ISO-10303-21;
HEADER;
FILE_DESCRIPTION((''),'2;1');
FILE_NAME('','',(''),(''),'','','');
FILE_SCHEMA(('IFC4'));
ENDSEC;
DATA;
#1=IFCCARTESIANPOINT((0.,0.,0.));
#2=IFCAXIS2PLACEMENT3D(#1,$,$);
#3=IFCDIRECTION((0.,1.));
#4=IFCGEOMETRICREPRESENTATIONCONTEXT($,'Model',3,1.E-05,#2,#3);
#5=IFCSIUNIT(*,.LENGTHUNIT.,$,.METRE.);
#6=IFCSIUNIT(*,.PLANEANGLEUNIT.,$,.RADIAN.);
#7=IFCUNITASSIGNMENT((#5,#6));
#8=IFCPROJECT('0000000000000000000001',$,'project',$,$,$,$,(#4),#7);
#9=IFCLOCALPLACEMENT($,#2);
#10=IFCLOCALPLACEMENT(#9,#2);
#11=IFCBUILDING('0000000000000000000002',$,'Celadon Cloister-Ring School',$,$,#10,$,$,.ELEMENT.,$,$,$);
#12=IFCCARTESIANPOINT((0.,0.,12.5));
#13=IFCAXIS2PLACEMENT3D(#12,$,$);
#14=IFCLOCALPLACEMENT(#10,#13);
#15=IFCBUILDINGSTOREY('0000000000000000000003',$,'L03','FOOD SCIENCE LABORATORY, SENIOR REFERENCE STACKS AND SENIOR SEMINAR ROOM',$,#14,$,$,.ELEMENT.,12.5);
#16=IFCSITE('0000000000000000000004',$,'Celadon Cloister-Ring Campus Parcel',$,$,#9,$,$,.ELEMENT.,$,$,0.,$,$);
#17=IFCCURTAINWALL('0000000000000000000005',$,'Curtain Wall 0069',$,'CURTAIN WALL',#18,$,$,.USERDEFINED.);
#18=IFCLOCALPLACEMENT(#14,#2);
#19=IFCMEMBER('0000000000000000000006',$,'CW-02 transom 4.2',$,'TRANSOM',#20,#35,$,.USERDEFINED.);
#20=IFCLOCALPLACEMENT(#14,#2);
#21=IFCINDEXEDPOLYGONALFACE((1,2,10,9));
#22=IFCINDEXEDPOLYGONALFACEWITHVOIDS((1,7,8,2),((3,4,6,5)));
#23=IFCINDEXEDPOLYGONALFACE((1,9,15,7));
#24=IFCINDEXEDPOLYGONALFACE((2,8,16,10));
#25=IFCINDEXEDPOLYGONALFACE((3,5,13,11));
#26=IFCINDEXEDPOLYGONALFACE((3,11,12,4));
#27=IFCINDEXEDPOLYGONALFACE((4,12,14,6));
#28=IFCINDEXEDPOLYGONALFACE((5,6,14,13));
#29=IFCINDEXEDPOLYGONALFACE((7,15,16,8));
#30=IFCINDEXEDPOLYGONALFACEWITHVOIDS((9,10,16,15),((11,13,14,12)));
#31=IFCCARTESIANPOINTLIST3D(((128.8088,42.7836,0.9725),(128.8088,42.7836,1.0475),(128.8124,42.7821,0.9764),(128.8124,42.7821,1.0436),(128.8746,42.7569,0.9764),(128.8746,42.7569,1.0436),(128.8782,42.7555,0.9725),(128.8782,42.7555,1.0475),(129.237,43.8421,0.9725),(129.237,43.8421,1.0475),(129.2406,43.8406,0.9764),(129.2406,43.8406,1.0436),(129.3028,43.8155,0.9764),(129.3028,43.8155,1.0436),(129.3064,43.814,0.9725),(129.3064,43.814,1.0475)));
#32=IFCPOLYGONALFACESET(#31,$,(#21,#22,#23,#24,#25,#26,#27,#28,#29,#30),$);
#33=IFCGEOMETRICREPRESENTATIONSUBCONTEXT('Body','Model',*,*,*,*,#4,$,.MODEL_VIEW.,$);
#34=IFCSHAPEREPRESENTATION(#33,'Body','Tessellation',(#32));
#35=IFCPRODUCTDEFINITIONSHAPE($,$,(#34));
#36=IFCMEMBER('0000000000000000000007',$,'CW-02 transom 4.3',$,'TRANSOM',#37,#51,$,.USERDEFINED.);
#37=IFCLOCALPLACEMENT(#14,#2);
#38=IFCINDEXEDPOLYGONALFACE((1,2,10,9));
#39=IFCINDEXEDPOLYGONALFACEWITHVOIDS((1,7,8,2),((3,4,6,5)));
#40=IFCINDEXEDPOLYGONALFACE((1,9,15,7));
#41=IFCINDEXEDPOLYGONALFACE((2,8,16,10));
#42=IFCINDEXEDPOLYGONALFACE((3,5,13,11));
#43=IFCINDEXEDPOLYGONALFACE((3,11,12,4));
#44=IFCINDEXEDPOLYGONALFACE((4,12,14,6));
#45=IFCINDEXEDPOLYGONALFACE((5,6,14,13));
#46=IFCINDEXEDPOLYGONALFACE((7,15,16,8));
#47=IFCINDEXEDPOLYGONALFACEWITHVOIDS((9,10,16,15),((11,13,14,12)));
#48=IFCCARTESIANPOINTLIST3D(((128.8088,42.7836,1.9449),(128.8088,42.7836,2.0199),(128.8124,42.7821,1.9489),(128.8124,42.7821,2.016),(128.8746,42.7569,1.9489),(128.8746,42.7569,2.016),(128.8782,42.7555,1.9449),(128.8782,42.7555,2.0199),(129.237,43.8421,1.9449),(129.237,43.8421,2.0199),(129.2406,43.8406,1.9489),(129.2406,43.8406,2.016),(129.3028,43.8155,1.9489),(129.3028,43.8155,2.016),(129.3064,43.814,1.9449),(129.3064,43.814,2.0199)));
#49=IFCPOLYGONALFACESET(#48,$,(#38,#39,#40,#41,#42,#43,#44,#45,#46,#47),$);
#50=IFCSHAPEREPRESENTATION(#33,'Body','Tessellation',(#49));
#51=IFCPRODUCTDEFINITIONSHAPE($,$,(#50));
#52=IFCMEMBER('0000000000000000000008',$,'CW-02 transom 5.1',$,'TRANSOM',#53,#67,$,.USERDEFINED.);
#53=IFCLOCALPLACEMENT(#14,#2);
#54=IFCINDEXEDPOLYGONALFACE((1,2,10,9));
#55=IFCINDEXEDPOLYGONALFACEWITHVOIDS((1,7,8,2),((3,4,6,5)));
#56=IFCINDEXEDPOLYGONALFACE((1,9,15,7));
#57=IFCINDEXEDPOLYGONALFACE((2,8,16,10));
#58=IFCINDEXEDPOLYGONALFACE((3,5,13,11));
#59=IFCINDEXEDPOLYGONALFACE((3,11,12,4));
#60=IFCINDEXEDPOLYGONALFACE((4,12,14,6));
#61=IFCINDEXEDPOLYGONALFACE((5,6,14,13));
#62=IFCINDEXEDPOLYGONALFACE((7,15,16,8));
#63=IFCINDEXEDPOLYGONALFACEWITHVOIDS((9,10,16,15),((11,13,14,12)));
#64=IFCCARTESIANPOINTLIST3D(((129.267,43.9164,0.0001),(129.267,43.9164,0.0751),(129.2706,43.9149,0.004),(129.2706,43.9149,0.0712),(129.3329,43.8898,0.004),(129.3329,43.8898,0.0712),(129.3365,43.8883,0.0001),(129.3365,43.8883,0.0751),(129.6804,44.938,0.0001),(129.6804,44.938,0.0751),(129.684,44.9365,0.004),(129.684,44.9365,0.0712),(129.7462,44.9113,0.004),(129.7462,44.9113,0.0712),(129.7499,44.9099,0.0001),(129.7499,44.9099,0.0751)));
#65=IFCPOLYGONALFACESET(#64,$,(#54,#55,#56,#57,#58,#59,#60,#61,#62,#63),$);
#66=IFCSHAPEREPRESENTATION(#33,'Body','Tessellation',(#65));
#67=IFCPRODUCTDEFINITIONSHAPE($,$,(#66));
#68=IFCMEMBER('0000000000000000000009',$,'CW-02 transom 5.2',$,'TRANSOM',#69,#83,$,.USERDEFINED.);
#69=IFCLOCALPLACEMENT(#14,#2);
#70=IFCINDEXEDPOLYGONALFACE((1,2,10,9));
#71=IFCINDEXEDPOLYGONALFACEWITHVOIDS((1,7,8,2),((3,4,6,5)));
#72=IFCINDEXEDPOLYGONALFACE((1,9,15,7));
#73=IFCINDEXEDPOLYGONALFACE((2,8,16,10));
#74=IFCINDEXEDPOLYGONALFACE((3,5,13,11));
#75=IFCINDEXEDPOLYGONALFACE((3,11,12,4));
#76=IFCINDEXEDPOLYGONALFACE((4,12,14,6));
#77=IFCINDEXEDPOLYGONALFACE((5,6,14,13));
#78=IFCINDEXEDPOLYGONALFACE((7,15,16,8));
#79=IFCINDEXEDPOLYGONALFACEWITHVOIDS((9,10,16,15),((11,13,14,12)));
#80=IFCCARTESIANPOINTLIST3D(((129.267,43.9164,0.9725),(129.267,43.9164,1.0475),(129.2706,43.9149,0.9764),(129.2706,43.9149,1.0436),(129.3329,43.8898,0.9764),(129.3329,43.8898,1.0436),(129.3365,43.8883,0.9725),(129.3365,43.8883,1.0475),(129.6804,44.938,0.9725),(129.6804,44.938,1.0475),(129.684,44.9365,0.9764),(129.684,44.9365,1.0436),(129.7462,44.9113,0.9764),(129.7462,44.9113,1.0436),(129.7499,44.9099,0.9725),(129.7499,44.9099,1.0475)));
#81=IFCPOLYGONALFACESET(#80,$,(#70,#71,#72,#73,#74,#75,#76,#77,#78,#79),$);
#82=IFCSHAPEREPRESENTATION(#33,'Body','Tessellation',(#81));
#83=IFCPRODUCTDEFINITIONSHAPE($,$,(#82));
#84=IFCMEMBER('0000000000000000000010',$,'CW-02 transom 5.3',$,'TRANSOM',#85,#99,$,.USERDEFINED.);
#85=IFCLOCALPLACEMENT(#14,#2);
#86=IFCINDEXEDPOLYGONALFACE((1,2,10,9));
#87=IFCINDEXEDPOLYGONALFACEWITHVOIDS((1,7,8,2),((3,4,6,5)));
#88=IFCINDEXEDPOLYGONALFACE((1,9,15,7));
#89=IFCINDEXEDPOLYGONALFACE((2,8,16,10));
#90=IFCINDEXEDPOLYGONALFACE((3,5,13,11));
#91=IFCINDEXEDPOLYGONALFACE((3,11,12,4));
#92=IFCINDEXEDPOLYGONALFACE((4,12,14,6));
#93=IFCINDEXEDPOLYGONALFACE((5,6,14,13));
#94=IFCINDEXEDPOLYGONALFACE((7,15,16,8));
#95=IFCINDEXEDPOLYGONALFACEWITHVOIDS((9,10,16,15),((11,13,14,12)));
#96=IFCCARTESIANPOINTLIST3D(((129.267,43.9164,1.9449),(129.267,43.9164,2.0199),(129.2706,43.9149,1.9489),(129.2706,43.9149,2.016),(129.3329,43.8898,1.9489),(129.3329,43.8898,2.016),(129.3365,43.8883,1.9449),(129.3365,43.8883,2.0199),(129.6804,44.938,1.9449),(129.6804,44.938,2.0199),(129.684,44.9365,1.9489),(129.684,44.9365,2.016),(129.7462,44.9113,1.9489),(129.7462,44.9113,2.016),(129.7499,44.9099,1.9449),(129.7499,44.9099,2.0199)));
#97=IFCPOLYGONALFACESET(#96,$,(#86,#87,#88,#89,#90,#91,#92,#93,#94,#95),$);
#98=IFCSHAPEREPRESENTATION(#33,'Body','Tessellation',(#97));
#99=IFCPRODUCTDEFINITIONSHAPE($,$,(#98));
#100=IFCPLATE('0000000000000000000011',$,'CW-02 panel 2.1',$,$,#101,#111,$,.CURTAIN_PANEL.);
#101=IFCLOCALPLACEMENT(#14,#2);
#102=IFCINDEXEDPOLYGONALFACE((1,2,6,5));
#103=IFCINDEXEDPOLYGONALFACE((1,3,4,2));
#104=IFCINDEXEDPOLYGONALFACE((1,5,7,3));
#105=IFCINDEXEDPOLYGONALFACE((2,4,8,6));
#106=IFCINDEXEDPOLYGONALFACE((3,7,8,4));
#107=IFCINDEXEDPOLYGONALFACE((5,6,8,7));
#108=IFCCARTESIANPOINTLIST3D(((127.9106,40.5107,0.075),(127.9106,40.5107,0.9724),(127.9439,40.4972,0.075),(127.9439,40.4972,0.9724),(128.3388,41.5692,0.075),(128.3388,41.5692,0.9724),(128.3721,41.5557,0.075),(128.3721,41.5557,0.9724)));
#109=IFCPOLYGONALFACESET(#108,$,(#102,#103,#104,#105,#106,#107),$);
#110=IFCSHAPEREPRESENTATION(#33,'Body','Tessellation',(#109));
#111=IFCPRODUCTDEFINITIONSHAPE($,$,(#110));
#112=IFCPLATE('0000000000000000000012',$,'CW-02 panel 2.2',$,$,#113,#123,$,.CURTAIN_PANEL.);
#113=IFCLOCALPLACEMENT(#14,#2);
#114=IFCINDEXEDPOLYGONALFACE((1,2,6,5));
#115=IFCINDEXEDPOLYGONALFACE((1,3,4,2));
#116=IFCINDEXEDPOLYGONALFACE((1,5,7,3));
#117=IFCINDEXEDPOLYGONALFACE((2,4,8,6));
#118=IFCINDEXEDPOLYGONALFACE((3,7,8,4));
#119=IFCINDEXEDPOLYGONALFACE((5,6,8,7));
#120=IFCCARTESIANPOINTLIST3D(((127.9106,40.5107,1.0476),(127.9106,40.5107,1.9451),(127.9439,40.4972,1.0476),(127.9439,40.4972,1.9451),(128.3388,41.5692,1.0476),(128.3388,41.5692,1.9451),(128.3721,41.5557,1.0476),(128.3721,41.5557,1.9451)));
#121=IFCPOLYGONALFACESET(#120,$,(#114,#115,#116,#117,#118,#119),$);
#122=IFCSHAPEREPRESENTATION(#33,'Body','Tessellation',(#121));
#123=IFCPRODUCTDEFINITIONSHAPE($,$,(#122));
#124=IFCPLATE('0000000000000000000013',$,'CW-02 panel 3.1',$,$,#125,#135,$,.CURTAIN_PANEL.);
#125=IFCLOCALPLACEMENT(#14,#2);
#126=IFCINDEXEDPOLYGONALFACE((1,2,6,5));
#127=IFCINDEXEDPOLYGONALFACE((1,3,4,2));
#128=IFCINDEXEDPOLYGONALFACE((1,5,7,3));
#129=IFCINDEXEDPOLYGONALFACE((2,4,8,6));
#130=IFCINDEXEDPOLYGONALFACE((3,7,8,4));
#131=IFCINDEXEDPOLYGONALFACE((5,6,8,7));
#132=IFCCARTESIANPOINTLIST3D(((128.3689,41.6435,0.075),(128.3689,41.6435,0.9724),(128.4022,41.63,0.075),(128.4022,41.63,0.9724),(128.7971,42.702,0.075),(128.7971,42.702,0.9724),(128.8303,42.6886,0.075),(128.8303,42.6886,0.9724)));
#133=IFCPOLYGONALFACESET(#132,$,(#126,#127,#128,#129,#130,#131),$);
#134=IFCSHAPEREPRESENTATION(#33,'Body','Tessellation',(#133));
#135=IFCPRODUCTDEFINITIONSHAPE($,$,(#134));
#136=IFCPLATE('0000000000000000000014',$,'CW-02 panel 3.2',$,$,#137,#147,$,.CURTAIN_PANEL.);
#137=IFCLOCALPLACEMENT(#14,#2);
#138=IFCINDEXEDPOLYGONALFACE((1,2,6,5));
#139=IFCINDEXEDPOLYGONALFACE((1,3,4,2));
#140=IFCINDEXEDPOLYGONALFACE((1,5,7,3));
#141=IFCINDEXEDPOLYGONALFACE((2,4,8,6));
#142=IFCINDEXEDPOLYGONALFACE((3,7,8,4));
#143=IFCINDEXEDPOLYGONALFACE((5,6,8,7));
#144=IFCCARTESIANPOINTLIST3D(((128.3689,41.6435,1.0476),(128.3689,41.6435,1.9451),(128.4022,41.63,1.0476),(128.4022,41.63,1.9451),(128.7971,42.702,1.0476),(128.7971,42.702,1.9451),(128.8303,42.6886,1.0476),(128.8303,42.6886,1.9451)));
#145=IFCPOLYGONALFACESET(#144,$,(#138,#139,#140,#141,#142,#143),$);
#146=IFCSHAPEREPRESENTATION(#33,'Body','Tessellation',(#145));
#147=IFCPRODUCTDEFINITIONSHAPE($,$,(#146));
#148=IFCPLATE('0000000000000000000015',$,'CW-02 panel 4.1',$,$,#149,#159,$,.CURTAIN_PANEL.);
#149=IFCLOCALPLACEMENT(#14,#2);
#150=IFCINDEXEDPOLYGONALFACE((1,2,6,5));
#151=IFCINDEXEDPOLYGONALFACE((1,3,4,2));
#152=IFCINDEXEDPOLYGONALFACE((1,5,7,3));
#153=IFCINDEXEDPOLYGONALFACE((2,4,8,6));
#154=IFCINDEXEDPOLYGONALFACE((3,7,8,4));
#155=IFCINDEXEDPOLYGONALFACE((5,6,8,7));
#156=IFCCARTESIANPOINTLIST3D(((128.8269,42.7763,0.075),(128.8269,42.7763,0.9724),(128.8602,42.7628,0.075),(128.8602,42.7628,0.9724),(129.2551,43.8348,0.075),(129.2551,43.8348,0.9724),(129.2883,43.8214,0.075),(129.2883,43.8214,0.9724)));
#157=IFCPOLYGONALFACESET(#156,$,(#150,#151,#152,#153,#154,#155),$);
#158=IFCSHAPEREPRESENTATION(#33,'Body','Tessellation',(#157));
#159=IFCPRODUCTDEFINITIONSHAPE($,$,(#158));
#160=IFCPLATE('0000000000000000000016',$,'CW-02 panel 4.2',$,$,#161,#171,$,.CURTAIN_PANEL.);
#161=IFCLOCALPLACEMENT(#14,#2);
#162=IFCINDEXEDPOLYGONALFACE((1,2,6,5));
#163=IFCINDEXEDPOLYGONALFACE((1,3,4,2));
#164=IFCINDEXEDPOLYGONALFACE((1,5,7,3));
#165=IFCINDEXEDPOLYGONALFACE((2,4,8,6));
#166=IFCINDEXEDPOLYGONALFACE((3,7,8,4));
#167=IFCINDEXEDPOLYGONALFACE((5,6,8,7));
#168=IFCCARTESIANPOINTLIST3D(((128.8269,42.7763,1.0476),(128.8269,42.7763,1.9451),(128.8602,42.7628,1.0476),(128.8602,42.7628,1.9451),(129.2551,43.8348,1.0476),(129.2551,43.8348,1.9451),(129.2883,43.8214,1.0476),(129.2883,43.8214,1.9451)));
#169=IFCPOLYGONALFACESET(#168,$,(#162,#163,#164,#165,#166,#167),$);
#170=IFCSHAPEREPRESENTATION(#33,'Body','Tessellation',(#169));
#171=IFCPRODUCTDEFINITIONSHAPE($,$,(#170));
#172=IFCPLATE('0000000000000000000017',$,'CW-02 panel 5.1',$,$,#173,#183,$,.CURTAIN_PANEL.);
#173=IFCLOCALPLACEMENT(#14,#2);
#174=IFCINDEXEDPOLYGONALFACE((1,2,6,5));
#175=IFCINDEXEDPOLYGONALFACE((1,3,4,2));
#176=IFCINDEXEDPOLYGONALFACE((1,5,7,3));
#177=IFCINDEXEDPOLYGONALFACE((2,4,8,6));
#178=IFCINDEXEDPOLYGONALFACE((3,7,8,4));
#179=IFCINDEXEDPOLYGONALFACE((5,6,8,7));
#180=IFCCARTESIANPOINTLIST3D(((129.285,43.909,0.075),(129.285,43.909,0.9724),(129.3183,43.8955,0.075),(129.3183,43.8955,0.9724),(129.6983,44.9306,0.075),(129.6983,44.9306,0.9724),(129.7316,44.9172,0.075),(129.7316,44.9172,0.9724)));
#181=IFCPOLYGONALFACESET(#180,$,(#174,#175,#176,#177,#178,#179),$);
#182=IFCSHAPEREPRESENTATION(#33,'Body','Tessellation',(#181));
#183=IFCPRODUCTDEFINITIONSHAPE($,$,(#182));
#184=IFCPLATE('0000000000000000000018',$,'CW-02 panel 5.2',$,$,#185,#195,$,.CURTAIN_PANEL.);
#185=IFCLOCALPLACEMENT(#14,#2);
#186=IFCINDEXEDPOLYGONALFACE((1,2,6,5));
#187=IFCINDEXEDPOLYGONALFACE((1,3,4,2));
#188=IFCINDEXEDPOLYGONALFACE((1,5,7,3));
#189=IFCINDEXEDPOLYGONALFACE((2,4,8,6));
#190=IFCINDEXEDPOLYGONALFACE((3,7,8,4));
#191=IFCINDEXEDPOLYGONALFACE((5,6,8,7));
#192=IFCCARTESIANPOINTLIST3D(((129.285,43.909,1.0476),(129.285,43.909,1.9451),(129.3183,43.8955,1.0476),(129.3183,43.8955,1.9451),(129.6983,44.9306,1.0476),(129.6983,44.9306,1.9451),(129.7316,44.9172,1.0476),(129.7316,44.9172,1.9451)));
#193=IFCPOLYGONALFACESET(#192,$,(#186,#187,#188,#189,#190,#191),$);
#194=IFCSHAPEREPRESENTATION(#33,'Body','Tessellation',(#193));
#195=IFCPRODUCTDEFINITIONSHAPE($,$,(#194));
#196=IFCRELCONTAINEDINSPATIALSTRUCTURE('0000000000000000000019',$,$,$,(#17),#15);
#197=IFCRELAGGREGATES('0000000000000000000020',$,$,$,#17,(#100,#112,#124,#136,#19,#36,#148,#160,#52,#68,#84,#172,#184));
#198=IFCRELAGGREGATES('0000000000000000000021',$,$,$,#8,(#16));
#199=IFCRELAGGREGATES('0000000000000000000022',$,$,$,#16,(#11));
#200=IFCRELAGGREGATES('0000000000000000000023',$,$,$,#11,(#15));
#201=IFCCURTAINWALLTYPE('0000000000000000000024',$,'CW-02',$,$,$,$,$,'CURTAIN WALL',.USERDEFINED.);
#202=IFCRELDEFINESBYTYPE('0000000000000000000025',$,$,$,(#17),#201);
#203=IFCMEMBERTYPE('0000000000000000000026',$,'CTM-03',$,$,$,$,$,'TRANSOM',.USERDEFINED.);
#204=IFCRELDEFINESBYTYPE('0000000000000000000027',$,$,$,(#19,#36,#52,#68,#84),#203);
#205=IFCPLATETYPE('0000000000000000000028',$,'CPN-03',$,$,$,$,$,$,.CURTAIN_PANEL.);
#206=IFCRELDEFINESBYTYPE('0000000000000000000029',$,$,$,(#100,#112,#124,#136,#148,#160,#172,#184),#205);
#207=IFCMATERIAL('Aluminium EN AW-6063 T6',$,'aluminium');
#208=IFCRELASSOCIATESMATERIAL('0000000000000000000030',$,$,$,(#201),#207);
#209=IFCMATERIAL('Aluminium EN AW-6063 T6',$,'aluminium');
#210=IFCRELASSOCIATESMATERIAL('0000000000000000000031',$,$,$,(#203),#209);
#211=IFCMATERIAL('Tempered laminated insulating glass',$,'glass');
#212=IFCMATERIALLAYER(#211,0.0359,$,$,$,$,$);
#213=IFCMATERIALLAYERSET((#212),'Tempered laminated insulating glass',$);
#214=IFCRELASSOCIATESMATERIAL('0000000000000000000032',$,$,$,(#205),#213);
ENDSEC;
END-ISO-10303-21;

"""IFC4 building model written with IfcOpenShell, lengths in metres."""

from ifc_helpers import new_model, si_unit, direction, frame, origin, origin_2d, place, context, subcontext, project, spatial, rectangle, hollow_rectangle, extrude, material, layer, layer_set, material_profile, profile_set, type_object, element, aggregate, save


model = new_model("IFC4")

# Units and contexts
model_context = context("Model", 3, precision=1e-05, world=origin(), true_north=direction((0.0, 1.0)))
body_context = subcontext(model_context, "Body", "Model", "MODEL_VIEW")
ifc_project = project(units=[si_unit("LENGTHUNIT", "METRE"), si_unit("PLANEANGLEUNIT", "RADIAN")], contexts=[model_context])

# Site, building, storey
site_placement = place(None, origin())
site = spatial("IfcSite", under=ifc_project, at=site_placement, Name="Celadon Cloister-Ring Campus Parcel", CompositionType="ELEMENT", RefElevation=0.0)
building_placement = place(site_placement, origin())
building = spatial("IfcBuilding", under=site, at=building_placement, Name="Celadon Cloister-Ring School", CompositionType="ELEMENT")
storey_placement = place(building_placement, frame((0.0, 0.0, 12.5)))
storey = spatial("IfcBuildingStorey", under=building, at=storey_placement, Name="L03", Description="FOOD SCIENCE LABORATORY, SENIOR REFERENCE STACKS AND SENIOR SEMINAR ROOM", CompositionType="ELEMENT", Elevation=12.5)

# Curtain wall, members, plates
ifc_material_1 = material(Name="Aluminium EN AW-6063 T6", Category="aluminium")
curtain_wall_type = type_object("IfcCurtainWallType", Name="CW-02", ElementType="CURTAIN WALL", PredefinedType="USERDEFINED", material=ifc_material_1)
curtain_wall_placement = place(storey_placement, origin())
curtain_wall = element("IfcCurtainWall", 1, at=curtain_wall_placement, inside=storey, type_object=curtain_wall_type, Name="Curtain Wall 0069", ObjectType="CURTAIN WALL", PredefinedType="USERDEFINED")
ifc_material_2 = material(Name="Aluminium EN AW-6063 T6", Category="aluminium")
ifc_material_profile_1 = material_profile(ifc_material_2, hollow_rectangle(XDim=0.075, YDim=0.075, WallThickness=0.0039, at=origin_2d()), Name="RHS75X75X4")
ifc_profile_set_1 = profile_set([ifc_material_profile_1], Name="Aluminium EN AW-6063 T6")
member_type_1 = type_object("IfcMemberType", Name="CTM-03", ElementType="TRANSOM", PredefinedType="USERDEFINED", material=ifc_profile_set_1)
member_1_placement = place(storey_placement, frame((128.8435, 42.7695, 1.01), z_axis=(0.375, 0.927025, 0.0), x_axis=(-0.927025, 0.375, 0.0)))
member_1 = element("IfcMember", 2, at=member_1_placement, type_object=member_type_1, Name="CW-02 transom 4.2", ObjectType="TRANSOM", PredefinedType="USERDEFINED", context=body_context, shape_type="SweptSolid", body=[
    extrude(hollow_rectangle(XDim=0.075, YDim=0.075, WallThickness=0.0039, at=origin_2d()), origin(), (0.0, 0.0, 1.0), 1.1418),
])
member_2_placement = place(storey_placement, frame((128.8435, 42.7695, 1.9824), z_axis=(0.375, 0.927025, 0.0), x_axis=(-0.927025, 0.375, 0.0)))
member_2 = element("IfcMember", 3, at=member_2_placement, type_object=member_type_1, Name="CW-02 transom 4.3", ObjectType="TRANSOM", PredefinedType="USERDEFINED", context=body_context, shape_type="SweptSolid", body=[
    extrude(hollow_rectangle(XDim=0.075, YDim=0.075, WallThickness=0.0039, at=origin_2d()), origin(), (0.0, 0.0, 1.0), 1.1418),
])
member_3_placement = place(storey_placement, frame((129.3018, 43.9023, 0.0376), z_axis=(0.375093, 0.926987, 0.0), x_axis=(-0.926987, 0.375093, 0.0)))
member_3 = element("IfcMember", 4, at=member_3_placement, type_object=member_type_1, Name="CW-02 transom 5.1", ObjectType="TRANSOM", PredefinedType="USERDEFINED", context=body_context, shape_type="SweptSolid", body=[
    extrude(hollow_rectangle(XDim=0.075, YDim=0.075, WallThickness=0.0039, at=origin_2d()), origin(), (0.0, 0.0, 1.0), 1.1021),
])
member_4_placement = place(storey_placement, frame((129.3018, 43.9023, 1.01), z_axis=(0.375093, 0.926987, 0.0), x_axis=(-0.926987, 0.375093, 0.0)))
member_4 = element("IfcMember", 5, at=member_4_placement, type_object=member_type_1, Name="CW-02 transom 5.2", ObjectType="TRANSOM", PredefinedType="USERDEFINED", context=body_context, shape_type="SweptSolid", body=[
    extrude(hollow_rectangle(XDim=0.075, YDim=0.075, WallThickness=0.0039, at=origin_2d()), origin(), (0.0, 0.0, 1.0), 1.1021),
])
member_5_placement = place(storey_placement, frame((129.3018, 43.9023, 1.9824), z_axis=(0.375093, 0.926987, 0.0), x_axis=(-0.926987, 0.375093, 0.0)))
member_5 = element("IfcMember", 6, at=member_5_placement, type_object=member_type_1, Name="CW-02 transom 5.3", ObjectType="TRANSOM", PredefinedType="USERDEFINED", context=body_context, shape_type="SweptSolid", body=[
    extrude(hollow_rectangle(XDim=0.075, YDim=0.075, WallThickness=0.0039, at=origin_2d()), origin(), (0.0, 0.0, 1.0), 1.1021),
])
ifc_material_3 = material(Name="Tempered laminated insulating glass", Category="glass")
ifc_layer = layer(ifc_material_3, 0.0359)
ifc_layer_set = layer_set([ifc_layer], Name="Tempered laminated insulating glass")
plate_type = type_object("IfcPlateType", Name="CPN-03", PredefinedType="CURTAIN_PANEL", material=ifc_layer_set)
plate_1_placement = place(storey_placement, frame((128.1414, 41.0332, 0.075), z_axis=(0.0, 0.0, 1.0), x_axis=(0.374972, 0.927036, 0.0)))
plate_1 = element("IfcPlate", 7, at=plate_1_placement, type_object=plate_type, Name="CW-02 panel 2.1", PredefinedType="CURTAIN_PANEL", context=body_context, shape_type="SweptSolid", body=[
    extrude(rectangle(XDim=1.1418, YDim=0.0359, at=origin_2d()), origin(), (0.0, 0.0, 1.0), 0.8975),
])
plate_2_placement = place(storey_placement, frame((128.1414, 41.0332, 1.0476), z_axis=(0.0, 0.0, 1.0), x_axis=(0.374972, 0.927036, 0.0)))
plate_2 = element("IfcPlate", 8, at=plate_2_placement, type_object=plate_type, Name="CW-02 panel 2.2", PredefinedType="CURTAIN_PANEL", context=body_context, shape_type="SweptSolid", body=[
    extrude(rectangle(XDim=1.1418, YDim=0.0359, at=origin_2d()), origin(), (0.0, 0.0, 1.0), 0.8975),
])
plate_3_placement = place(storey_placement, frame((128.5996, 42.166, 0.075), z_axis=(0.0, 0.0, 1.0), x_axis=(0.374972, 0.927036, 0.0)))
plate_3 = element("IfcPlate", 9, at=plate_3_placement, type_object=plate_type, Name="CW-02 panel 3.1", PredefinedType="CURTAIN_PANEL", context=body_context, shape_type="SweptSolid", body=[
    extrude(rectangle(XDim=1.1418, YDim=0.0359, at=origin_2d()), origin(), (0.0, 0.0, 1.0), 0.8975),
])
plate_4_placement = place(storey_placement, frame((128.5996, 42.166, 1.0476), z_axis=(0.0, 0.0, 1.0), x_axis=(0.374972, 0.927036, 0.0)))
plate_4 = element("IfcPlate", 10, at=plate_4_placement, type_object=plate_type, Name="CW-02 panel 3.2", PredefinedType="CURTAIN_PANEL", context=body_context, shape_type="SweptSolid", body=[
    extrude(rectangle(XDim=1.1418, YDim=0.0359, at=origin_2d()), origin(), (0.0, 0.0, 1.0), 0.8975),
])
plate_5_placement = place(storey_placement, frame((129.0576, 43.2988, 0.075), z_axis=(0.0, 0.0, 1.0), x_axis=(0.374972, 0.927036, 0.0)))
plate_5 = element("IfcPlate", 11, at=plate_5_placement, type_object=plate_type, Name="CW-02 panel 4.1", PredefinedType="CURTAIN_PANEL", context=body_context, shape_type="SweptSolid", body=[
    extrude(rectangle(XDim=1.1418, YDim=0.0359, at=origin_2d()), origin(), (0.0, 0.0, 1.0), 0.8975),
])
plate_6_placement = place(storey_placement, frame((129.0576, 43.2988, 1.0476), z_axis=(0.0, 0.0, 1.0), x_axis=(0.374972, 0.927036, 0.0)))
plate_6 = element("IfcPlate", 12, at=plate_6_placement, type_object=plate_type, Name="CW-02 panel 4.2", PredefinedType="CURTAIN_PANEL", context=body_context, shape_type="SweptSolid", body=[
    extrude(rectangle(XDim=1.1418, YDim=0.0359, at=origin_2d()), origin(), (0.0, 0.0, 1.0), 0.8975),
])
plate_7_placement = place(storey_placement, frame((129.5083, 44.4131, 0.075), z_axis=(0.0, 0.0, 1.0), x_axis=(0.374972, 0.927036, 0.0)))
plate_7 = element("IfcPlate", 13, at=plate_7_placement, type_object=plate_type, Name="CW-02 panel 5.1", PredefinedType="CURTAIN_PANEL", context=body_context, shape_type="SweptSolid", body=[
    extrude(rectangle(XDim=1.1021, YDim=0.0359, at=origin_2d()), origin(), (0.0, 0.0, 1.0), 0.8975),
])
plate_8_placement = place(storey_placement, frame((129.5083, 44.4131, 1.0476), z_axis=(0.0, 0.0, 1.0), x_axis=(0.374972, 0.927036, 0.0)))
plate_8 = element("IfcPlate", 14, at=plate_8_placement, type_object=plate_type, Name="CW-02 panel 5.2", PredefinedType="CURTAIN_PANEL", context=body_context, shape_type="SweptSolid", body=[
    extrude(rectangle(XDim=1.1021, YDim=0.0359, at=origin_2d()), origin(), (0.0, 0.0, 1.0), 0.8975),
])
aggregate(curtain_wall, [plate_1, plate_2, plate_3, plate_4, member_1, member_2, plate_5, plate_6, member_3, member_4, member_5, plate_7, plate_8])

save(model, "model.ifc")
